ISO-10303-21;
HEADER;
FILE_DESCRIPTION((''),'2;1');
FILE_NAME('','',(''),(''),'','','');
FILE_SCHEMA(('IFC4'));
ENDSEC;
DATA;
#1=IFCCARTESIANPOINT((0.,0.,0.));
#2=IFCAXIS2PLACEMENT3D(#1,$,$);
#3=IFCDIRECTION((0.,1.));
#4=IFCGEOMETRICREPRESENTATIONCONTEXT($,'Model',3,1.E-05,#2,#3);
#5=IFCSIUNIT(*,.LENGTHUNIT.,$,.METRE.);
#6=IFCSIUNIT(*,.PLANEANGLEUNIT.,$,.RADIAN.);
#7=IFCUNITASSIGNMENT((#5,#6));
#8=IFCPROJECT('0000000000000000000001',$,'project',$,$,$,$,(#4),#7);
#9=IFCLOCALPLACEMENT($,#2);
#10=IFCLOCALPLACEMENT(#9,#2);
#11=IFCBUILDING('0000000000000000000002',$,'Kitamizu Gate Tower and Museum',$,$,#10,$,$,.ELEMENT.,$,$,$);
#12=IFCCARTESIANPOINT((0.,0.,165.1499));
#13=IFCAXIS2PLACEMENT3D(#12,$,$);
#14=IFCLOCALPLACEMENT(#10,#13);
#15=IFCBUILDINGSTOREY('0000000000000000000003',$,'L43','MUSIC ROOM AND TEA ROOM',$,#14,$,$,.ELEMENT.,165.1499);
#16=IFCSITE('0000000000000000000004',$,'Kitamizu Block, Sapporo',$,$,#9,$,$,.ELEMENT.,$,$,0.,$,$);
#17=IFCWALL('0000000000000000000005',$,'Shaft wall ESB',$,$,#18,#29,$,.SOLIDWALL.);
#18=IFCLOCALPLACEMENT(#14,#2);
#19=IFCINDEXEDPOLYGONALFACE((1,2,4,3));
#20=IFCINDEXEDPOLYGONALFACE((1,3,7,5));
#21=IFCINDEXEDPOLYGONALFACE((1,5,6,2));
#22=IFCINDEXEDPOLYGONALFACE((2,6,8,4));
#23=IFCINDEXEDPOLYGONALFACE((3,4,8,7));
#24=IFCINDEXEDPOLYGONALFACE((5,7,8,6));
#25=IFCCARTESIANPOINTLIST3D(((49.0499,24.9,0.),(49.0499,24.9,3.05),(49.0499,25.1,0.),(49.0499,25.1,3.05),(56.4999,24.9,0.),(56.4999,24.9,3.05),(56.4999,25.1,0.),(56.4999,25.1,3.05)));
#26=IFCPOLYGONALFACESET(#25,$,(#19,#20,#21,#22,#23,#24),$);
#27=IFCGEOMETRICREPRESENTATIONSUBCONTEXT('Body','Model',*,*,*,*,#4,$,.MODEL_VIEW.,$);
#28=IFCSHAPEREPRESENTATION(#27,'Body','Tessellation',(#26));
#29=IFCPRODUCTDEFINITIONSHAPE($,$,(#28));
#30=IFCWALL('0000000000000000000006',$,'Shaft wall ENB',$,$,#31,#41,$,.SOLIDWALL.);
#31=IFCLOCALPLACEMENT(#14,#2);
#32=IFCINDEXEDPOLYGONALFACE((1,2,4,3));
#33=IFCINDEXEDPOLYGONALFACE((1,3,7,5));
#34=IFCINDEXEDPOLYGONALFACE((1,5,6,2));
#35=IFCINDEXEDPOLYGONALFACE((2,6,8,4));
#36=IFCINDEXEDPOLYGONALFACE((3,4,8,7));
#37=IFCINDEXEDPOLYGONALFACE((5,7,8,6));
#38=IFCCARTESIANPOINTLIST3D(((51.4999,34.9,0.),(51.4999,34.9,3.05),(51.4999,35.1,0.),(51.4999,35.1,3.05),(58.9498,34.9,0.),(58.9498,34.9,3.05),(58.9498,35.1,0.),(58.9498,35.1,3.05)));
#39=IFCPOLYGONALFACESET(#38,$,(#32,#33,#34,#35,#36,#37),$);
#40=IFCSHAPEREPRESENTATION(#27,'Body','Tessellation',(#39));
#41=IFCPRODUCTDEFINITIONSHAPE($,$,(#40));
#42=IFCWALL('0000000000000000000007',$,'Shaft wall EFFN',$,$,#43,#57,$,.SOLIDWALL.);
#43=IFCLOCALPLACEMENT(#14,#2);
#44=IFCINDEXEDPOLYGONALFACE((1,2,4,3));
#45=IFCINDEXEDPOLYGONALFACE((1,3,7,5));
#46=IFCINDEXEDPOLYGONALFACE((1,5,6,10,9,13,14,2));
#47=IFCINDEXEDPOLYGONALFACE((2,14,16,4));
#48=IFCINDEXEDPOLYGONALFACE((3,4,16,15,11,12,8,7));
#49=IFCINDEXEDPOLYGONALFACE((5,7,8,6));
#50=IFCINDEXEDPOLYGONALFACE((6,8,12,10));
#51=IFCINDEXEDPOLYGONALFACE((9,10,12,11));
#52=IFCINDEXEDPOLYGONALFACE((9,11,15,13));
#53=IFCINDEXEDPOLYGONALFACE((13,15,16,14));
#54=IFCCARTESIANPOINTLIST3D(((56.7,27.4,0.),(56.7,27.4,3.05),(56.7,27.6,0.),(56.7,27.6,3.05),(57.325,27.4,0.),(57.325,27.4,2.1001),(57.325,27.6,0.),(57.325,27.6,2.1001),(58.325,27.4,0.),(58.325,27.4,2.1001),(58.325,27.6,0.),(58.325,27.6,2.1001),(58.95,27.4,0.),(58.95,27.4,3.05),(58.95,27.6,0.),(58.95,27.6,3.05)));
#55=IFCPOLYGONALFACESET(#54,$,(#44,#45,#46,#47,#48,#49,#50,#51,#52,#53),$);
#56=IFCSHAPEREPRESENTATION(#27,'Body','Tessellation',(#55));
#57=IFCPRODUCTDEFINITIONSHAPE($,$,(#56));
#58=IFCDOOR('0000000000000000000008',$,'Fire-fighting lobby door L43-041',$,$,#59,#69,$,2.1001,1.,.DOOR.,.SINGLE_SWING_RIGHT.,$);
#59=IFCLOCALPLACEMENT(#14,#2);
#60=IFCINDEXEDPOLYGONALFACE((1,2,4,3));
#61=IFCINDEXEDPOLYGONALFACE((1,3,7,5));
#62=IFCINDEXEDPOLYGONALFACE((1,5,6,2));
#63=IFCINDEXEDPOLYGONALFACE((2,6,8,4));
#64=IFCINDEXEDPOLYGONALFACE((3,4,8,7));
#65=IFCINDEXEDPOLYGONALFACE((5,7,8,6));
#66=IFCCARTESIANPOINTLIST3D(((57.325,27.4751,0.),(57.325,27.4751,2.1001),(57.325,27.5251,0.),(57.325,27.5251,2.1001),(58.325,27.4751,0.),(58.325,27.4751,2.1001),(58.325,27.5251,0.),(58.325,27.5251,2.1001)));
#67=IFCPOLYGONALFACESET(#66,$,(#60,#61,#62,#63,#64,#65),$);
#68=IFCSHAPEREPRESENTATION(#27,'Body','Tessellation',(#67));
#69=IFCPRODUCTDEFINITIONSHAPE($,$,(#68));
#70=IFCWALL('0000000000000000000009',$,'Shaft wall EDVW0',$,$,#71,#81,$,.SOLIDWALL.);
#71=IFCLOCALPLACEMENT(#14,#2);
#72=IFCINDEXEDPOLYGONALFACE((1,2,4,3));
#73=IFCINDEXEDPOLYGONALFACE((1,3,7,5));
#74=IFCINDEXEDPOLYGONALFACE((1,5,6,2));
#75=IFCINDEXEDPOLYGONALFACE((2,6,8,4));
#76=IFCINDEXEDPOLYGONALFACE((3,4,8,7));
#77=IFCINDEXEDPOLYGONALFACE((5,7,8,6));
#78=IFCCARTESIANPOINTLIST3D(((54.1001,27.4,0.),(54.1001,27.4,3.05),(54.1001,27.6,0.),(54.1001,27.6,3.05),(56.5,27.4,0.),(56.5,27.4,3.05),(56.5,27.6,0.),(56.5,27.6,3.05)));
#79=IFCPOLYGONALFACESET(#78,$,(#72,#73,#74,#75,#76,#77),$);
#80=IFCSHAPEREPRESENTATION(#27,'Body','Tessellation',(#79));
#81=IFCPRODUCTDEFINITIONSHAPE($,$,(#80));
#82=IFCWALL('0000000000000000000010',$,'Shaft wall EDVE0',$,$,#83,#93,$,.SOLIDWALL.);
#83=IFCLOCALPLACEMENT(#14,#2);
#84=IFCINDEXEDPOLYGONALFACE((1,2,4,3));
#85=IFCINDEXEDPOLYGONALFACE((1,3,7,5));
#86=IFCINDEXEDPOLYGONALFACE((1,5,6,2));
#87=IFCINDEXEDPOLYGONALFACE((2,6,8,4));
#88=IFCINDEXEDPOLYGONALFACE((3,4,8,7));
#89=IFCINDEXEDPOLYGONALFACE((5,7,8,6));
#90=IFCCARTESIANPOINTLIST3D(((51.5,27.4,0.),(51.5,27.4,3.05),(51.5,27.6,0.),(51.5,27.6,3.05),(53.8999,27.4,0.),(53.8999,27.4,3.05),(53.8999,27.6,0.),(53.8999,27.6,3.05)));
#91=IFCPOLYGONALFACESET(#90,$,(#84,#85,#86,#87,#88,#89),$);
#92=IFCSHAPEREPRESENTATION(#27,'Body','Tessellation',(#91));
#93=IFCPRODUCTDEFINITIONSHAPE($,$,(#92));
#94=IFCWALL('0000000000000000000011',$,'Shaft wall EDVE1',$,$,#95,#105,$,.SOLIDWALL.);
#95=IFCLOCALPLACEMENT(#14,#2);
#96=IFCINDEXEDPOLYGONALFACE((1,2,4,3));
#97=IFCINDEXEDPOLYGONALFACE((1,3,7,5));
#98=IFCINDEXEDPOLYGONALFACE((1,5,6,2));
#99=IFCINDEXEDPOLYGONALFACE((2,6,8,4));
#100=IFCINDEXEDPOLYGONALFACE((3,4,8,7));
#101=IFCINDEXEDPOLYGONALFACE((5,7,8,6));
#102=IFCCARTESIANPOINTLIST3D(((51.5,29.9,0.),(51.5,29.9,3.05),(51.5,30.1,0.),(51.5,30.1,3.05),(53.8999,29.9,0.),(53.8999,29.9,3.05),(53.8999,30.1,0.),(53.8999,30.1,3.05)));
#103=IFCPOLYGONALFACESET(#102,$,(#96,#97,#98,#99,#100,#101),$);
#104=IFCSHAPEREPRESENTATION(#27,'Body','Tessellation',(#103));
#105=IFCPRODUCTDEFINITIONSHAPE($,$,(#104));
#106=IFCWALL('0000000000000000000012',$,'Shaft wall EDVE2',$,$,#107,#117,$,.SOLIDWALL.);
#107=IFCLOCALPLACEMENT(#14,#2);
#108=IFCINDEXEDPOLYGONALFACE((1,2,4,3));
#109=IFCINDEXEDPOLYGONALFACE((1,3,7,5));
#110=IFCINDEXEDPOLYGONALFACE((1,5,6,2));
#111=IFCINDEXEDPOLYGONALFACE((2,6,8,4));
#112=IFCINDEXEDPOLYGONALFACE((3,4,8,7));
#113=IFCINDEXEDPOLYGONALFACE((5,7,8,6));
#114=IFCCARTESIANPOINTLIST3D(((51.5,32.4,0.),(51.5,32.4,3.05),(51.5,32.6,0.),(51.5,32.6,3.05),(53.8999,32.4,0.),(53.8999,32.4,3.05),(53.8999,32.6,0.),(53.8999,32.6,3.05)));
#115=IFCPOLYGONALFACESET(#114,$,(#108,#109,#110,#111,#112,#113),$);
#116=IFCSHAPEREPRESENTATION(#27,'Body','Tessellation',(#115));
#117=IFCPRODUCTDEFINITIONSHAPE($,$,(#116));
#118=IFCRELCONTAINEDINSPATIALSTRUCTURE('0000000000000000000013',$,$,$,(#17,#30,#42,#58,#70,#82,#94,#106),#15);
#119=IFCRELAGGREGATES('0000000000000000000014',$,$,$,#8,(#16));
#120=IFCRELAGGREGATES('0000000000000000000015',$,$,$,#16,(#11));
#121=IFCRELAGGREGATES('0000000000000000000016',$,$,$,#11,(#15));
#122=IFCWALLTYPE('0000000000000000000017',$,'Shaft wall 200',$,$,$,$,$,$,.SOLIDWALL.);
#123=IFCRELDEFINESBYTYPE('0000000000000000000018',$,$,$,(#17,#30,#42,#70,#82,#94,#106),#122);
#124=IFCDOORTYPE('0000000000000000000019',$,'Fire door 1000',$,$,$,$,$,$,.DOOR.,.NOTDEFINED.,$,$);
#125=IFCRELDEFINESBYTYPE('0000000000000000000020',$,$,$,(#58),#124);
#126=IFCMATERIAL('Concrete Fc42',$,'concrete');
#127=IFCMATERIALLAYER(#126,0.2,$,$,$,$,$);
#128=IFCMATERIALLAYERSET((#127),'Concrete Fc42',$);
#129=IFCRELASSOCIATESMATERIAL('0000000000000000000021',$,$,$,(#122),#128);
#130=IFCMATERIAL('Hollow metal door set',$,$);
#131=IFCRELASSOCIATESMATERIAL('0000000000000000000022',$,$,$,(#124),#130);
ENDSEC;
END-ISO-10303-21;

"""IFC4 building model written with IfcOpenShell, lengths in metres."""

from ifc_helpers import new_model, si_unit, direction, frame, frame_2d, origin, place, context, subcontext, project, spatial, rectangle, extrude, material, layer, layer_set, type_object, element, fill, save


model = new_model("IFC4")

# Units and contexts
model_context = context("Model", 3, precision=1e-05, world=origin(), true_north=direction((0.0, 1.0)))
body_context = subcontext(model_context, "Body", "Model", "MODEL_VIEW")
ifc_project = project(units=[si_unit("LENGTHUNIT", "METRE"), si_unit("PLANEANGLEUNIT", "RADIAN")], contexts=[model_context])

# Site, building, storey
site_placement = place(None, origin())
site = spatial("IfcSite", under=ifc_project, at=site_placement, Name="Kitamizu Block, Sapporo", CompositionType="ELEMENT", RefElevation=0.0)
building_placement = place(site_placement, origin())
building = spatial("IfcBuilding", under=site, at=building_placement, Name="Kitamizu Gate Tower and Museum", CompositionType="ELEMENT")
storey_placement = place(building_placement, frame((0.0, 0.0, 165.1499)))
storey = spatial("IfcBuildingStorey", under=building, at=storey_placement, Name="L43", Description="MUSIC ROOM AND TEA ROOM", CompositionType="ELEMENT", Elevation=165.1499)

# Shared definitions
ifc_material_1 = material(Name="Concrete Fc42", Category="concrete")
ifc_layer_1 = layer(ifc_material_1, 0.2)
ifc_layer_set_1 = layer_set([ifc_layer_1], Name="Concrete Fc42")
wall_type_1 = type_object("IfcWallType", Name="Shaft wall 200", PredefinedType="SOLIDWALL", material=ifc_layer_set_1)
ifc_material_2 = material(Name="Hollow metal door set")
door_type_1 = type_object("IfcDoorType", Name="Fire door 1000", OperationType="NOTDEFINED", PredefinedType="DOOR", material=ifc_material_2)

# Walls
for number, where, z_axis, x_axis, name in (
    (1, (56.5, 25.0, 0.0), (0.0, 0.0, 1.0), (-1.0, 0.0, 0.0), "Shaft wall ESB"),
    (2, (58.95, 35.0, 0.0), (0.0, 0.0, 1.0), (-1.0, 0.0, 0.0), "Shaft wall ENB"),
):
    element("IfcWall", number, at=place(storey_placement, frame(where, z_axis=z_axis, x_axis=x_axis)), inside=storey, type_object=wall_type_1, Name=name, PredefinedType="SOLIDWALL", context=body_context, shape_type="SweptSolid", body=[
        extrude(rectangle(XDim=7.45, YDim=0.2, at=frame_2d((3.7251, 0.0))), origin(), (0.0, 0.0, 1.0), 3.05),
    ])

# Wall, opening, door
wall_1_placement = place(storey_placement, frame((58.95, 27.5, 0.0), z_axis=(0.0, 0.0, 1.0), x_axis=(-1.0, 0.0, 0.0)))
wall_1 = element("IfcWall", 3, at=wall_1_placement, inside=storey, type_object=wall_type_1, Name="Shaft wall EFFN", PredefinedType="SOLIDWALL", context=body_context, shape_type="SweptSolid", body=[
    extrude(rectangle(XDim=2.25, YDim=0.2, at=frame_2d((1.125, 0.0))), origin(), (0.0, 0.0, 1.0), 3.05),
])
opening_1_placement = place(wall_1_placement, frame((0.625, 0.0, 0.0)))
opening_1 = element("IfcOpeningElement", 4, at=opening_1_placement, cuts=wall_1, PredefinedType="OPENING", context=body_context, shape_type="SweptSolid", body=[
    extrude(rectangle(XDim=1.0, YDim=2.1001, at=frame_2d((0.5, 1.05))), frame((0.0, 0.1099, 0.0), z_axis=(0.0, -1.0, 0.0), x_axis=(1.0, 0.0, 0.0)), (0.0, 0.0, 1.0), 0.22),
])
door_1_placement = place(opening_1_placement, origin())
door_1 = element("IfcDoor", 5, at=door_1_placement, inside=storey, type_object=door_type_1, Name="Fire-fighting lobby door L43-041", OperationType="SINGLE_SWING_RIGHT", OverallHeight=2.1001, OverallWidth=1.0, PredefinedType="DOOR", context=body_context, shape_type="SweptSolid", body=[
    extrude(rectangle(XDim=1.0, YDim=2.1001, at=frame_2d((0.5, 1.05))), frame((0.0, 0.0249, 0.0), z_axis=(0.0, -1.0, 0.0), x_axis=(1.0, 0.0, 0.0)), (0.0, 0.0, 1.0), 0.05),
])
fill(opening_1, door_1)

# Walls
for number, where, z_axis, x_axis, name in (
    (6, (56.5, 27.5, 0.0), (0.0, 0.0, 1.0), (-1.0, 0.0, 0.0), "Shaft wall EDVW0"),
    (7, (53.8999, 27.5, 0.0), (0.0, 0.0, 1.0), (-1.0, 0.0, 0.0), "Shaft wall EDVE0"),
    (8, (53.8999, 30.0, 0.0), (0.0, 0.0, 1.0), (-1.0, 0.0, 0.0), "Shaft wall EDVE1"),
    (9, (53.8999, 32.5, 0.0), (0.0, 0.0, 1.0), (-1.0, 0.0, 0.0), "Shaft wall EDVE2"),
):
    element("IfcWall", number, at=place(storey_placement, frame(where, z_axis=z_axis, x_axis=x_axis)), inside=storey, type_object=wall_type_1, Name=name, PredefinedType="SOLIDWALL", context=body_context, shape_type="SweptSolid", body=[
        extrude(rectangle(XDim=2.3999, YDim=0.2, at=frame_2d((1.2, 0.0))), origin(), (0.0, 0.0, 1.0), 3.05),
    ])

save(model, "model.ifc")
